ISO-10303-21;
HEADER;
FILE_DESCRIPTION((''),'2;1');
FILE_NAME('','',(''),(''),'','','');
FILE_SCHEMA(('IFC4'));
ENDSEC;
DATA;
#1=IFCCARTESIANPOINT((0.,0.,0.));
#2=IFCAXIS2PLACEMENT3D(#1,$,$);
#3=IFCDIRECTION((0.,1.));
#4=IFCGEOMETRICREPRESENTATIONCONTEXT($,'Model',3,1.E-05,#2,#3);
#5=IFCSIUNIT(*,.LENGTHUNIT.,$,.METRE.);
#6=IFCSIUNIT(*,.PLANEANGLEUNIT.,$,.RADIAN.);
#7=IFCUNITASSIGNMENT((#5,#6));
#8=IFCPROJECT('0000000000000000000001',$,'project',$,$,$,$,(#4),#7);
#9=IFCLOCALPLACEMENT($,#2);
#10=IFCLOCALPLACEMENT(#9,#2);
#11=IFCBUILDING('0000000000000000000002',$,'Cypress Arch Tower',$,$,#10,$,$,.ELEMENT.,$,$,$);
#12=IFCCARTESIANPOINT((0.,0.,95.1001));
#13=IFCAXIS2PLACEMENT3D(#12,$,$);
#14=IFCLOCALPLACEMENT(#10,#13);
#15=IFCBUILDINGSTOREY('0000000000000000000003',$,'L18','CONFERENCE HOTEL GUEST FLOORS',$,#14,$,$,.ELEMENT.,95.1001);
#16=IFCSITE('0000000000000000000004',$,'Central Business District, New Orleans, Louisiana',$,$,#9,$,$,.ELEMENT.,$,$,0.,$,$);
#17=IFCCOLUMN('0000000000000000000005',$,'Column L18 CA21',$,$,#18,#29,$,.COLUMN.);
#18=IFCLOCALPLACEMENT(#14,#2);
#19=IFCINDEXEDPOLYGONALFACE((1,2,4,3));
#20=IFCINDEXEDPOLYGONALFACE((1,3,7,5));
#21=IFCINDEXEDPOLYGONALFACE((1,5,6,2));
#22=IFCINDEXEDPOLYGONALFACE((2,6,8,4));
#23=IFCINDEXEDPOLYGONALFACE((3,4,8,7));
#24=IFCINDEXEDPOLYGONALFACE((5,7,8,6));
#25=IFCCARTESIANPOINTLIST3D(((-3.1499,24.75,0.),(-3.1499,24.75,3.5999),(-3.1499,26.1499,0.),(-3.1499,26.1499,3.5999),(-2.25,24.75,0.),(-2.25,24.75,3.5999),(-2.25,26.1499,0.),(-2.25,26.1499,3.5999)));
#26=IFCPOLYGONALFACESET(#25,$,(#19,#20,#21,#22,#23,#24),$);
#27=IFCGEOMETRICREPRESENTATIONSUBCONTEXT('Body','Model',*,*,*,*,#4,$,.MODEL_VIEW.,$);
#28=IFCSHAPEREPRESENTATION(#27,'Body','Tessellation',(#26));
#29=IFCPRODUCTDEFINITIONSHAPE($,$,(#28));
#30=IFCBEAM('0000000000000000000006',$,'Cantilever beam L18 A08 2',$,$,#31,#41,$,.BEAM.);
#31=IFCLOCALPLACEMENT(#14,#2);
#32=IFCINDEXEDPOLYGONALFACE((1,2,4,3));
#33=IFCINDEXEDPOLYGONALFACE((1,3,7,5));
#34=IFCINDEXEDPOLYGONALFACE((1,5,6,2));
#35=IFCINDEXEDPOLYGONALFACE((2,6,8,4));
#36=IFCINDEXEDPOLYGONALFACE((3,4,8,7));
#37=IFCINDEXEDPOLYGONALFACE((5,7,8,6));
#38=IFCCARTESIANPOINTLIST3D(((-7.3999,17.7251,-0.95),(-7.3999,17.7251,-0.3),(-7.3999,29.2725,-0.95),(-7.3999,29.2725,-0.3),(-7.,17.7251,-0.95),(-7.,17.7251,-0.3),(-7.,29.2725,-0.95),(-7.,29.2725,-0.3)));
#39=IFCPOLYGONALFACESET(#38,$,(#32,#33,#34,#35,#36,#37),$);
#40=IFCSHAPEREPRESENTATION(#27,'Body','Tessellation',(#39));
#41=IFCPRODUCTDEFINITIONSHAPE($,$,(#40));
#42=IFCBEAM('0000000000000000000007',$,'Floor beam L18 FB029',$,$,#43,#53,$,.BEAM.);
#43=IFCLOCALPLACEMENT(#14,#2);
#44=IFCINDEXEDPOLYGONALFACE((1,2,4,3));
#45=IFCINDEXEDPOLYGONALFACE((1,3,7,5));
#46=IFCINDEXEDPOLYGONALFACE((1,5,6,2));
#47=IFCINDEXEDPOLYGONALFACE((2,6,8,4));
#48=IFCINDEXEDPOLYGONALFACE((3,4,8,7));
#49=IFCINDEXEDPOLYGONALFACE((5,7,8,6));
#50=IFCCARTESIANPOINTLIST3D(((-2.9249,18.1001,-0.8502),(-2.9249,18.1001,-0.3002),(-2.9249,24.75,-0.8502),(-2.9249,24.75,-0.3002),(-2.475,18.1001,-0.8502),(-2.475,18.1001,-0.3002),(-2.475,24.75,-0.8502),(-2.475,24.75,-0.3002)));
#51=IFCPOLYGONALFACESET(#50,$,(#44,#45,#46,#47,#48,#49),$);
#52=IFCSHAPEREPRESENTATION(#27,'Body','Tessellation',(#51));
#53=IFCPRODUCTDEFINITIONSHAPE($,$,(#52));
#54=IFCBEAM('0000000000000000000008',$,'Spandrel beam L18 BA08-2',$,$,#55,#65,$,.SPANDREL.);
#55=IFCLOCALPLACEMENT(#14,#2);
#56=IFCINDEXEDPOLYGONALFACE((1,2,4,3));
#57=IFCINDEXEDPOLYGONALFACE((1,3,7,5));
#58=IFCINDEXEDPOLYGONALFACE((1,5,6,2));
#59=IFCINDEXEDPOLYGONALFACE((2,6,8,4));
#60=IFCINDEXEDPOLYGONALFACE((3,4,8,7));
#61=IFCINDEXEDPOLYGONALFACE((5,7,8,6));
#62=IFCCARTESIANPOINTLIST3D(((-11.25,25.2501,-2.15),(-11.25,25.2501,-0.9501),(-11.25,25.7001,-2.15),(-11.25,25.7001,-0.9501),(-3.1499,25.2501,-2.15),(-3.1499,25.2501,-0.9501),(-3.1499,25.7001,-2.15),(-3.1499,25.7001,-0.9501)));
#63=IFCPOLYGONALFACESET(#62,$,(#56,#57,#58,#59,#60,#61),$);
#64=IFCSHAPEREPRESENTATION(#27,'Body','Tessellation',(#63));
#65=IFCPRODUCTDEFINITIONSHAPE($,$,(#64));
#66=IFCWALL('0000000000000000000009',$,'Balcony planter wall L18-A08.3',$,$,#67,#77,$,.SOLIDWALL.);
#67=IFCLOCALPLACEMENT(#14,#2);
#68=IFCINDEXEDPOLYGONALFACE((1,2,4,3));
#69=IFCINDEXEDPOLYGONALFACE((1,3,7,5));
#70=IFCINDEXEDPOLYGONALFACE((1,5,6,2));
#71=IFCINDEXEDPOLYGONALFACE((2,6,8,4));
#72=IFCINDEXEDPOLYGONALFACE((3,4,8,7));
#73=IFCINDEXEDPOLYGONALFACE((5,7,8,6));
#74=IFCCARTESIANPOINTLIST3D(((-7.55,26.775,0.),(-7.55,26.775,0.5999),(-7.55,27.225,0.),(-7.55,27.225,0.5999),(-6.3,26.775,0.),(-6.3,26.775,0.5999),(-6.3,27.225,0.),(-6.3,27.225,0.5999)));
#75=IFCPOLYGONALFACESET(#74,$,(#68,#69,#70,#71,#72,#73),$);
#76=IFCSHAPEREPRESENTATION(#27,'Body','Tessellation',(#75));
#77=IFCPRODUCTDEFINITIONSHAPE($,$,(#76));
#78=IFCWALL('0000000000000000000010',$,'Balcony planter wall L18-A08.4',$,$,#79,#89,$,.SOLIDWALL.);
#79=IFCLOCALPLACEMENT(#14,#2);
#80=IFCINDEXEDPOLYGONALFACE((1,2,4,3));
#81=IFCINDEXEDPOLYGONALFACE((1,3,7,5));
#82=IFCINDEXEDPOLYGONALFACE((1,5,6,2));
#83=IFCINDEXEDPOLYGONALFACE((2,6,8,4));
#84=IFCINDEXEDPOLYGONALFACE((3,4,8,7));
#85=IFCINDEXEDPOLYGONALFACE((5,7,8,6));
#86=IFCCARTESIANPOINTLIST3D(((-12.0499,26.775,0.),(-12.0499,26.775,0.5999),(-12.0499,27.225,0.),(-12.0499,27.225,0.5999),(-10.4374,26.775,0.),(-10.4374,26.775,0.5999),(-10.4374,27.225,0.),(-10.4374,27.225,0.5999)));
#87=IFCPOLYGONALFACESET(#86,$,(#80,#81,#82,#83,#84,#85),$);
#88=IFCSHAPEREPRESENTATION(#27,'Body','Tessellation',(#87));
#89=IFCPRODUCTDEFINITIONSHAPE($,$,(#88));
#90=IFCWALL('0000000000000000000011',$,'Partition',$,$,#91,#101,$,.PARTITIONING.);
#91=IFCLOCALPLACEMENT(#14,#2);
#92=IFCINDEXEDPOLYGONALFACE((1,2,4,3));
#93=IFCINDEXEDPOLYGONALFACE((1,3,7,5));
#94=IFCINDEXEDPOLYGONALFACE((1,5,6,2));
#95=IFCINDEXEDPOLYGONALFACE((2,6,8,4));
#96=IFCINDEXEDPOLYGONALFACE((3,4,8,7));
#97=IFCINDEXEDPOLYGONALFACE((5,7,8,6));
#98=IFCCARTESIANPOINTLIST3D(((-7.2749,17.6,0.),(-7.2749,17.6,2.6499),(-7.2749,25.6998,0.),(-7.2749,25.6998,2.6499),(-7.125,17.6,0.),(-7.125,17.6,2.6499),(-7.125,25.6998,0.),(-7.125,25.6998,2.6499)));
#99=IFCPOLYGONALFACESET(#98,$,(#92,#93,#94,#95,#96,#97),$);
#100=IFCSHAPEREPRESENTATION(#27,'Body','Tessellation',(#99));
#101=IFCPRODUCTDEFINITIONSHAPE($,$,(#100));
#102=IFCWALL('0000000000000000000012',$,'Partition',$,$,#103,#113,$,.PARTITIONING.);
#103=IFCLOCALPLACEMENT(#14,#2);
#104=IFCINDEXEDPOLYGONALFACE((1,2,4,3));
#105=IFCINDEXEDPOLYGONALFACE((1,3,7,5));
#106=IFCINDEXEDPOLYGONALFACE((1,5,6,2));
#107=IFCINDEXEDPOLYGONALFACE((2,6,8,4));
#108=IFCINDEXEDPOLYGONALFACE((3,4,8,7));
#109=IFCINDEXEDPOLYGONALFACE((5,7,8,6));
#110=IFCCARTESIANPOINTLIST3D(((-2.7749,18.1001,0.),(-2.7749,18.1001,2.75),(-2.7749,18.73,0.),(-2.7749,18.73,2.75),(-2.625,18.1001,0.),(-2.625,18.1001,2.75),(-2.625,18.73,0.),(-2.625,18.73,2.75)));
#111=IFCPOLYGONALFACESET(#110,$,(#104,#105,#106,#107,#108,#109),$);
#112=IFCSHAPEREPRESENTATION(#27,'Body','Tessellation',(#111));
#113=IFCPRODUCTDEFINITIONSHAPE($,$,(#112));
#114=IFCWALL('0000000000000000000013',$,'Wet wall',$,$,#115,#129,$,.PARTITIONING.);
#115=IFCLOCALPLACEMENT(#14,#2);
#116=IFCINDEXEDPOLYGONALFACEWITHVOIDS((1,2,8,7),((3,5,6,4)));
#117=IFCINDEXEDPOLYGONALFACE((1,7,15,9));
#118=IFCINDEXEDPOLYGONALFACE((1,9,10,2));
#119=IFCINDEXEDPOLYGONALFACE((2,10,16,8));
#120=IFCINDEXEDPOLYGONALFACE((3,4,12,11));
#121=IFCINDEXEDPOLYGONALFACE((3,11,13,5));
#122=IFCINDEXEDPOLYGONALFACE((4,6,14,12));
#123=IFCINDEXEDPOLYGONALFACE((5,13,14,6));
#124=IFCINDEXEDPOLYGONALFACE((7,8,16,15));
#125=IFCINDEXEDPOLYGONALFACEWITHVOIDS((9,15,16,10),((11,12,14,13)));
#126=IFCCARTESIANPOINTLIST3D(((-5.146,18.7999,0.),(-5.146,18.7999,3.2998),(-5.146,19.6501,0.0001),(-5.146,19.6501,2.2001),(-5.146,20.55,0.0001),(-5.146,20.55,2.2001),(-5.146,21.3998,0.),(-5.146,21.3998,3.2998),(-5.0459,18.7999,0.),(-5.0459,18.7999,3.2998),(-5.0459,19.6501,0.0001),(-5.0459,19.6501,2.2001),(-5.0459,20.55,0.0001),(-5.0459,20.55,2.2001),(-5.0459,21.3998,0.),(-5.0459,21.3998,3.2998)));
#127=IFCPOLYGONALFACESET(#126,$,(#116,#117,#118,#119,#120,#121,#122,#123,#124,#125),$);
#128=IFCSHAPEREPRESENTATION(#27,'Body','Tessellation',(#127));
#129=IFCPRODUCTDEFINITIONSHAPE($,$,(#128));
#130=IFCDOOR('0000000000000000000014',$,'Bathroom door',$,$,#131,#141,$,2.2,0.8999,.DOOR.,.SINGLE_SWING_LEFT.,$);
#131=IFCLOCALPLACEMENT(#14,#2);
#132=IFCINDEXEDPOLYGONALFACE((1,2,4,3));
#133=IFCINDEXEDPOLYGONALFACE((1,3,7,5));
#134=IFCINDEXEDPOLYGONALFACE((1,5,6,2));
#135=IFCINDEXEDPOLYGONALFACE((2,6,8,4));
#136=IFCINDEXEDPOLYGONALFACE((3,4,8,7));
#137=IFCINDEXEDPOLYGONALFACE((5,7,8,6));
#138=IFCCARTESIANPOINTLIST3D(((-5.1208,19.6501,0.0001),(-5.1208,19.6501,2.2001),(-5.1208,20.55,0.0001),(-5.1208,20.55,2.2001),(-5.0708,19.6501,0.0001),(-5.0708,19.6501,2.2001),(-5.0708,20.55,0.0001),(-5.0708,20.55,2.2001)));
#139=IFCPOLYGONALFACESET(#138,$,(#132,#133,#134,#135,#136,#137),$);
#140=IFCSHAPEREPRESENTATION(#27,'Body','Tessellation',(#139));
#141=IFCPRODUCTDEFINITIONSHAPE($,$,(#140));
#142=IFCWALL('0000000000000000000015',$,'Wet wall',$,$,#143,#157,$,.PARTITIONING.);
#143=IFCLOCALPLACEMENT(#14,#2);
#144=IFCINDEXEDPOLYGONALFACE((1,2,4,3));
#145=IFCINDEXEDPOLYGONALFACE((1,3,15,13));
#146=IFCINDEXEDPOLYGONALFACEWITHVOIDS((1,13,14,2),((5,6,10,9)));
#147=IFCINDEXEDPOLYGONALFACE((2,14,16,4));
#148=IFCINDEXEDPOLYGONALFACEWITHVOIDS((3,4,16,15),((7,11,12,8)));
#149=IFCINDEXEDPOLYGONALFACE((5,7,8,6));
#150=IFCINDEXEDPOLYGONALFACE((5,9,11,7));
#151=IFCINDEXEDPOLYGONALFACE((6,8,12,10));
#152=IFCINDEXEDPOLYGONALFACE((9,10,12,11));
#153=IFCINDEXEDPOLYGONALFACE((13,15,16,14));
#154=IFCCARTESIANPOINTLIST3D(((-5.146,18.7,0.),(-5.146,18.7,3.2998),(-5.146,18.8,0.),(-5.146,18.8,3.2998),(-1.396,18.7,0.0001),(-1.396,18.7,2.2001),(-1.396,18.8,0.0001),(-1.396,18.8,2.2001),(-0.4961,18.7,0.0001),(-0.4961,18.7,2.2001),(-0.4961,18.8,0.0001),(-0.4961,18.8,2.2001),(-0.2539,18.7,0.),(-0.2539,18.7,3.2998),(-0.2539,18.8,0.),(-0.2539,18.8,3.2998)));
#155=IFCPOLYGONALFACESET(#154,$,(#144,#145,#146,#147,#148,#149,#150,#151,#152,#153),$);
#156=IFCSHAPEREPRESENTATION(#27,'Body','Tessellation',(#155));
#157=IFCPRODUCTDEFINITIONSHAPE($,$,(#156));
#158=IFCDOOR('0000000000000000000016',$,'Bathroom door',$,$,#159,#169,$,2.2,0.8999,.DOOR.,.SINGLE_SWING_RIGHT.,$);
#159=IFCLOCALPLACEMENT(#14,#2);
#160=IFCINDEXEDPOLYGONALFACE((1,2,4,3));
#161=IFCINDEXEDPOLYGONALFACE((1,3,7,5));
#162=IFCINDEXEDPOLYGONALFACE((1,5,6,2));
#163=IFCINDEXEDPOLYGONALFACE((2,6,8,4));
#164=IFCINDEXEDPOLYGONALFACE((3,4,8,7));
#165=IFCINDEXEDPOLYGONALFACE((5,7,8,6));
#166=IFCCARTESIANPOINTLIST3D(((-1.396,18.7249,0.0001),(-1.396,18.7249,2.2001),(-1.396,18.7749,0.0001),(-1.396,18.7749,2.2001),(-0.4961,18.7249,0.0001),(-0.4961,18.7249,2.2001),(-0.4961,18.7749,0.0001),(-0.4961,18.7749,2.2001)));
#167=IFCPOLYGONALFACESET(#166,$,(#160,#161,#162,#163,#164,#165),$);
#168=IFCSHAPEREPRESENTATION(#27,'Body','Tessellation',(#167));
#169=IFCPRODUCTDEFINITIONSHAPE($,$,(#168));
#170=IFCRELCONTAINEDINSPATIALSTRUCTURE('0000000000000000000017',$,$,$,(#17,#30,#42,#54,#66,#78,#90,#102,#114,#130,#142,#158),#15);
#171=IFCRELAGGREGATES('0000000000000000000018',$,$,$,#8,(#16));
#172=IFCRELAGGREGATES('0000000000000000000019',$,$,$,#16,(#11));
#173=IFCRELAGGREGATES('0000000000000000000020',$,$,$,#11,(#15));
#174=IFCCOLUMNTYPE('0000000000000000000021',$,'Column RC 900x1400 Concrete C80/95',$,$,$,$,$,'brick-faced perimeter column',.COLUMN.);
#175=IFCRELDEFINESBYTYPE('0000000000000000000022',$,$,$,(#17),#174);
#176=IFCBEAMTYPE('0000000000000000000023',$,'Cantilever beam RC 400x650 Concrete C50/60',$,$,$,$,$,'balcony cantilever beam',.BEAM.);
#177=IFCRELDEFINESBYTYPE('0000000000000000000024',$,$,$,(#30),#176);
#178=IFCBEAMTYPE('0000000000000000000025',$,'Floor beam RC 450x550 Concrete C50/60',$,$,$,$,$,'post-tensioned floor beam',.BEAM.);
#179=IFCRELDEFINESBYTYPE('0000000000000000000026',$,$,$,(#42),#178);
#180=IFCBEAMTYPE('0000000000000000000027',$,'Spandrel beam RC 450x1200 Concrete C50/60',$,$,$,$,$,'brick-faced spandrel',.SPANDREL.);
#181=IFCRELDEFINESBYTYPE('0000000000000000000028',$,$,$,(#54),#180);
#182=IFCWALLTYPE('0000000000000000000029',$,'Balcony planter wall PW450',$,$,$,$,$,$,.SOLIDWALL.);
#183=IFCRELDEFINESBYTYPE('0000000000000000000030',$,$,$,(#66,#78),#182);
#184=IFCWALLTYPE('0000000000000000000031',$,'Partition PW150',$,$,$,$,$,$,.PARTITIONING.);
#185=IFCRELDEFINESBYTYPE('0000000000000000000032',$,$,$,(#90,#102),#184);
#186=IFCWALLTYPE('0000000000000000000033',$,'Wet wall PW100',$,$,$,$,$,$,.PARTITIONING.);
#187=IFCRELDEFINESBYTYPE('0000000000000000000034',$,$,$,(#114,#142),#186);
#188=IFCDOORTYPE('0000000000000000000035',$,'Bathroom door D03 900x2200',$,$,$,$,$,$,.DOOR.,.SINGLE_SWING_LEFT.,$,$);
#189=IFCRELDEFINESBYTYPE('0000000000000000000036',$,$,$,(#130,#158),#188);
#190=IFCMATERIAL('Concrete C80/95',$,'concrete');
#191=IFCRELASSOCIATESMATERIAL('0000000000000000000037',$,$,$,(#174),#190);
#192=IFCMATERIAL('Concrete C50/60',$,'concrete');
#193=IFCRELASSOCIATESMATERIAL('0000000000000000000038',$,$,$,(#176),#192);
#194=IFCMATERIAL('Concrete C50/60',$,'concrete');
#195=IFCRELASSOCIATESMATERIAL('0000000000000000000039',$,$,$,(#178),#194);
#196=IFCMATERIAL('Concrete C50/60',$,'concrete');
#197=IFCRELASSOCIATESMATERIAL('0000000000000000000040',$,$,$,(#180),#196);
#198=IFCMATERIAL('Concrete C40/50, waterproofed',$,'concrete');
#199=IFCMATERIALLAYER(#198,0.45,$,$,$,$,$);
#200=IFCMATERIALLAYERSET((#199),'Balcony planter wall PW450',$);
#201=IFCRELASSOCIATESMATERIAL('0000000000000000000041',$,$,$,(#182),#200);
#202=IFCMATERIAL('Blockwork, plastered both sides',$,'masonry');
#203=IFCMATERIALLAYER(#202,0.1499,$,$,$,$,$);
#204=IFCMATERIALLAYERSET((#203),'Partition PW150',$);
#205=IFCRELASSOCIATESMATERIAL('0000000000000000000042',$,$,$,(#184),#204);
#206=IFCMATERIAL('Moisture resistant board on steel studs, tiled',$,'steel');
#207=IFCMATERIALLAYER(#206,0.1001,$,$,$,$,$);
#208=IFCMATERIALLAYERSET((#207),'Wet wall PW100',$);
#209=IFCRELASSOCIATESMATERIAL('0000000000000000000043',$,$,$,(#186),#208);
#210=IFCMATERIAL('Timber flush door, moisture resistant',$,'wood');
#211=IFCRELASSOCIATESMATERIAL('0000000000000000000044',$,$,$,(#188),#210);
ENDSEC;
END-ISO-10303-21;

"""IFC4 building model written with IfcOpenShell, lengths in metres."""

from ifc_helpers import new_model, si_unit, direction, frame, frame_2d, origin, origin_2d, place, context, subcontext, project, spatial, rectangle, extrude, material, layer, layer_set, material_profile, profile_set, type_object, element, fill, save


model = new_model("IFC4")

# Units and contexts
model_context = context("Model", 3, precision=1e-05, world=origin(), true_north=direction((0.0, 1.0)))
body_context = subcontext(model_context, "Body", "Model", "MODEL_VIEW")
ifc_project = project(units=[si_unit("LENGTHUNIT", "METRE"), si_unit("PLANEANGLEUNIT", "RADIAN")], contexts=[model_context])

# Site, building, storey
site_placement = place(None, origin())
site = spatial("IfcSite", under=ifc_project, at=site_placement, Name="Central Business District, New Orleans, Louisiana", CompositionType="ELEMENT", RefElevation=0.0)
building_placement = place(site_placement, origin())
building = spatial("IfcBuilding", under=site, at=building_placement, Name="Cypress Arch Tower", CompositionType="ELEMENT")
storey_placement = place(building_placement, frame((0.0, 0.0, 95.1001)))
storey = spatial("IfcBuildingStorey", under=building, at=storey_placement, Name="L18", Description="CONFERENCE HOTEL GUEST FLOORS", CompositionType="ELEMENT", Elevation=95.1001)

# Column
ifc_material_1 = material(Name="Concrete C80/95", Category="concrete")
ifc_material_profile_1 = material_profile(ifc_material_1, rectangle(XDim=0.8999, YDim=1.3999, at=origin_2d()), Name="RC 900x1400")
ifc_profile_set_1 = profile_set([ifc_material_profile_1], Name="Concrete C80/95")
column_type = type_object("IfcColumnType", Name="Column RC 900x1400 Concrete C80/95", ElementType="brick-faced perimeter column", PredefinedType="COLUMN", material=ifc_profile_set_1)
column_placement = place(storey_placement, frame((-2.7, 25.45, 0.0), z_axis=(0.0, 0.0, 1.0), x_axis=(-1.0, 0.0, 0.0)))
element("IfcColumn", 1, at=column_placement, inside=storey, type_object=column_type, Name="Column L18 CA21", PredefinedType="COLUMN", context=body_context, shape_type="SweptSolid", body=[
    extrude(rectangle(XDim=0.8999, YDim=1.3999, at=origin_2d()), origin(), (0.0, 0.0, 1.0), 3.5999),
])

# Beams
ifc_material_2 = material(Name="Concrete C50/60", Category="concrete")
ifc_material_profile_2 = material_profile(ifc_material_2, rectangle(XDim=0.3999, YDim=0.6499, at=origin_2d()), Name="RC 400x650")
ifc_profile_set_2 = profile_set([ifc_material_profile_2], Name="Concrete C50/60")
beam_type_1 = type_object("IfcBeamType", Name="Cantilever beam RC 400x650 Concrete C50/60", ElementType="balcony cantilever beam", PredefinedType="BEAM", material=ifc_profile_set_2)
beam_1_placement = place(storey_placement, frame((-7.2, 17.7251, -0.625), z_axis=(0.0, 1.0, 0.0), x_axis=(-1.0, 0.0, 0.0)))
element("IfcBeam", 2, at=beam_1_placement, inside=storey, type_object=beam_type_1, Name="Cantilever beam L18 A08 2", PredefinedType="BEAM", context=body_context, shape_type="SweptSolid", body=[
    extrude(rectangle(XDim=0.3999, YDim=0.6499, at=origin_2d()), origin(), (0.0, 0.0, 1.0), 11.5474),
])
ifc_material_3 = material(Name="Concrete C50/60", Category="concrete")
ifc_material_profile_3 = material_profile(ifc_material_3, rectangle(XDim=0.45, YDim=0.55, at=origin_2d()), Name="RC 450x550")
ifc_profile_set_3 = profile_set([ifc_material_profile_3], Name="Concrete C50/60")
beam_type_2 = type_object("IfcBeamType", Name="Floor beam RC 450x550 Concrete C50/60", ElementType="post-tensioned floor beam", PredefinedType="BEAM", material=ifc_profile_set_3)
beam_2_placement = place(storey_placement, frame((-2.7, 18.1001, -0.5752), z_axis=(0.0, 1.0, 0.0), x_axis=(-1.0, 0.0, 0.0)))
element("IfcBeam", 3, at=beam_2_placement, inside=storey, type_object=beam_type_2, Name="Floor beam L18 FB029", PredefinedType="BEAM", context=body_context, shape_type="SweptSolid", body=[
    extrude(rectangle(XDim=0.45, YDim=0.55, at=origin_2d()), origin(), (0.0, 0.0, 1.0), 6.6499),
])
ifc_material_4 = material(Name="Concrete C50/60", Category="concrete")
ifc_material_profile_4 = material_profile(ifc_material_4, rectangle(XDim=0.45, YDim=1.2, at=origin_2d()), Name="RC 450x1200")
ifc_profile_set_4 = profile_set([ifc_material_profile_4], Name="Concrete C50/60")
beam_type_3 = type_object("IfcBeamType", Name="Spandrel beam RC 450x1200 Concrete C50/60", ElementType="brick-faced spandrel", PredefinedType="SPANDREL", material=ifc_profile_set_4)
beam_3_placement = place(storey_placement, frame((-3.1499, 25.4751, -1.55), z_axis=(-1.0, 0.0, 0.0), x_axis=(0.0, -1.0, 0.0)))
element("IfcBeam", 4, at=beam_3_placement, inside=storey, type_object=beam_type_3, Name="Spandrel beam L18 BA08-2", PredefinedType="SPANDREL", context=body_context, shape_type="SweptSolid", body=[
    extrude(rectangle(XDim=0.45, YDim=1.2, at=origin_2d()), origin(), (0.0, 0.0, 1.0), 8.1001),
])

# Walls
ifc_material_5 = material(Name="Concrete C40/50, waterproofed", Category="concrete")
ifc_layer_1 = layer(ifc_material_5, 0.45)
ifc_layer_set_1 = layer_set([ifc_layer_1], Name="Balcony planter wall PW450")
wall_type_1 = type_object("IfcWallType", Name="Balcony planter wall PW450", PredefinedType="SOLIDWALL", material=ifc_layer_set_1)
wall_1_placement = place(storey_placement, frame((-6.3, 27.0, 0.0), z_axis=(0.0, 0.0, 1.0), x_axis=(-1.0, 0.0, 0.0)))
element("IfcWall", 5, at=wall_1_placement, inside=storey, type_object=wall_type_1, Name="Balcony planter wall L18-A08.3", PredefinedType="SOLIDWALL", context=body_context, shape_type="SweptSolid", body=[
    extrude(rectangle(XDim=1.25, YDim=0.45, at=frame_2d((0.625, 0.0))), origin(), (0.0, 0.0, 1.0), 0.5999),
])
wall_2_placement = place(storey_placement, frame((-10.4375, 27.0, 0.0), z_axis=(0.0, 0.0, 1.0), x_axis=(-1.0, 0.0, 0.0)))
element("IfcWall", 6, at=wall_2_placement, inside=storey, type_object=wall_type_1, Name="Balcony planter wall L18-A08.4", PredefinedType="SOLIDWALL", context=body_context, shape_type="SweptSolid", body=[
    extrude(rectangle(XDim=1.6125, YDim=0.45, at=frame_2d((0.8062, 0.0))), origin(), (0.0, 0.0, 1.0), 0.5999),
])

# Walls
ifc_material_6 = material(Name="Blockwork, plastered both sides", Category="masonry")
ifc_layer_2 = layer(ifc_material_6, 0.1499)
ifc_layer_set_2 = layer_set([ifc_layer_2], Name="Partition PW150")
wall_type_2 = type_object("IfcWallType", Name="Partition PW150", PredefinedType="PARTITIONING", material=ifc_layer_set_2)
wall_3_placement = place(storey_placement, frame((-7.2, 17.6001, 0.0), z_axis=(0.0, 0.0, 1.0), x_axis=(0.0, 1.0, 0.0)))
element("IfcWall", 7, at=wall_3_placement, inside=storey, type_object=wall_type_2, Name="Partition", PredefinedType="PARTITIONING", context=body_context, shape_type="SweptSolid", body=[
    extrude(rectangle(XDim=8.0999, YDim=0.1499, at=frame_2d((4.0498, 0.0))), origin(), (0.0, 0.0, 1.0), 2.6499),
])
wall_4_placement = place(storey_placement, frame((-2.7, 18.1001, 0.0), z_axis=(0.0, 0.0, 1.0), x_axis=(0.0, 1.0, 0.0)))
element("IfcWall", 8, at=wall_4_placement, inside=storey, type_object=wall_type_2, Name="Partition", PredefinedType="PARTITIONING", context=body_context, shape_type="SweptSolid", body=[
    extrude(rectangle(XDim=0.6299, YDim=0.1499, at=frame_2d((0.3149, 0.0))), origin(), (0.0, 0.0, 1.0), 2.75),
])

# Walls, openings, doors
ifc_material_7 = material(Name="Moisture resistant board on steel studs, tiled", Category="steel")
ifc_layer_3 = layer(ifc_material_7, 0.1001)
ifc_layer_set_3 = layer_set([ifc_layer_3], Name="Wet wall PW100")
wall_type_3 = type_object("IfcWallType", Name="Wet wall PW100", PredefinedType="PARTITIONING", material=ifc_layer_set_3)
wall_5_placement = place(storey_placement, frame((-5.0959, 18.8, 0.0), z_axis=(0.0, 0.0, 1.0), x_axis=(0.0, 1.0, 0.0)))
wall_5 = element("IfcWall", 9, at=wall_5_placement, inside=storey, type_object=wall_type_3, Name="Wet wall", PredefinedType="PARTITIONING", context=body_context, shape_type="SweptSolid", body=[
    extrude(rectangle(XDim=2.5999, YDim=0.1001, at=frame_2d((1.2998, 0.0))), origin(), (0.0, 0.0, 1.0), 3.2998),
])
opening_1_placement = place(wall_5_placement, frame((0.8501, 0.0, 0.0)))
opening_1 = element("IfcOpeningElement", 10, at=opening_1_placement, cuts=wall_5, PredefinedType="OPENING", context=body_context, shape_type="SweptSolid", body=[
    extrude(rectangle(XDim=0.8999, YDim=2.2, at=frame_2d((0.45, 1.1001))), frame((0.0, 0.0601, 0.0), z_axis=(0.0, -1.0, 0.0), x_axis=(1.0, 0.0, 0.0)), (0.0, 0.0, 1.0), 0.1201),
])
ifc_material_8 = material(Name="Timber flush door, moisture resistant", Category="wood")
door_type_1 = type_object("IfcDoorType", Name="Bathroom door D03 900x2200", OperationType="SINGLE_SWING_LEFT", PredefinedType="DOOR", material=ifc_material_8)
door_1_placement = place(opening_1_placement, origin())
door_1 = element("IfcDoor", 11, at=door_1_placement, inside=storey, type_object=door_type_1, Name="Bathroom door", OperationType="SINGLE_SWING_LEFT", OverallHeight=2.2, OverallWidth=0.8999, PredefinedType="DOOR", context=body_context, shape_type="SweptSolid", body=[
    extrude(rectangle(XDim=0.8999, YDim=2.2, at=frame_2d((0.45, 1.1001))), frame((0.0, 0.0249, 0.0), z_axis=(0.0, -1.0, 0.0), x_axis=(1.0, 0.0, 0.0)), (0.0, 0.0, 1.0), 0.05),
])
fill(opening_1, door_1)
wall_6_placement = place(storey_placement, frame((-5.146, 18.75, 0.0), z_axis=(0.0, 0.0, 1.0), x_axis=(1.0, 0.0, 0.0)))
wall_6 = element("IfcWall", 12, at=wall_6_placement, inside=storey, type_object=wall_type_3, Name="Wet wall", PredefinedType="PARTITIONING", context=body_context, shape_type="SweptSolid", body=[
    extrude(rectangle(XDim=4.8921, YDim=0.1001, at=frame_2d((2.446, 0.0))), origin(), (0.0, 0.0, 1.0), 3.2998),
])
opening_2_placement = place(wall_6_placement, frame((3.75, 0.0, 0.0)))
opening_2 = element("IfcOpeningElement", 13, at=opening_2_placement, cuts=wall_6, PredefinedType="OPENING", context=body_context, shape_type="SweptSolid", body=[
    extrude(rectangle(XDim=0.8999, YDim=2.2, at=frame_2d((0.45, 1.1001))), frame((0.0, 0.0601, 0.0), z_axis=(0.0, -1.0, 0.0), x_axis=(1.0, 0.0, 0.0)), (0.0, 0.0, 1.0), 0.1201),
])
door_2_placement = place(opening_2_placement, origin())
door_2 = element("IfcDoor", 14, at=door_2_placement, inside=storey, type_object=door_type_1, Name="Bathroom door", OperationType="SINGLE_SWING_RIGHT", OverallHeight=2.2, OverallWidth=0.8999, PredefinedType="DOOR", context=body_context, shape_type="SweptSolid", body=[
    extrude(rectangle(XDim=0.8999, YDim=2.2, at=frame_2d((0.45, 1.1001))), frame((0.0, 0.0249, 0.0), z_axis=(0.0, -1.0, 0.0), x_axis=(1.0, 0.0, 0.0)), (0.0, 0.0, 1.0), 0.05),
])
fill(opening_2, door_2)

save(model, "model.ifc")
